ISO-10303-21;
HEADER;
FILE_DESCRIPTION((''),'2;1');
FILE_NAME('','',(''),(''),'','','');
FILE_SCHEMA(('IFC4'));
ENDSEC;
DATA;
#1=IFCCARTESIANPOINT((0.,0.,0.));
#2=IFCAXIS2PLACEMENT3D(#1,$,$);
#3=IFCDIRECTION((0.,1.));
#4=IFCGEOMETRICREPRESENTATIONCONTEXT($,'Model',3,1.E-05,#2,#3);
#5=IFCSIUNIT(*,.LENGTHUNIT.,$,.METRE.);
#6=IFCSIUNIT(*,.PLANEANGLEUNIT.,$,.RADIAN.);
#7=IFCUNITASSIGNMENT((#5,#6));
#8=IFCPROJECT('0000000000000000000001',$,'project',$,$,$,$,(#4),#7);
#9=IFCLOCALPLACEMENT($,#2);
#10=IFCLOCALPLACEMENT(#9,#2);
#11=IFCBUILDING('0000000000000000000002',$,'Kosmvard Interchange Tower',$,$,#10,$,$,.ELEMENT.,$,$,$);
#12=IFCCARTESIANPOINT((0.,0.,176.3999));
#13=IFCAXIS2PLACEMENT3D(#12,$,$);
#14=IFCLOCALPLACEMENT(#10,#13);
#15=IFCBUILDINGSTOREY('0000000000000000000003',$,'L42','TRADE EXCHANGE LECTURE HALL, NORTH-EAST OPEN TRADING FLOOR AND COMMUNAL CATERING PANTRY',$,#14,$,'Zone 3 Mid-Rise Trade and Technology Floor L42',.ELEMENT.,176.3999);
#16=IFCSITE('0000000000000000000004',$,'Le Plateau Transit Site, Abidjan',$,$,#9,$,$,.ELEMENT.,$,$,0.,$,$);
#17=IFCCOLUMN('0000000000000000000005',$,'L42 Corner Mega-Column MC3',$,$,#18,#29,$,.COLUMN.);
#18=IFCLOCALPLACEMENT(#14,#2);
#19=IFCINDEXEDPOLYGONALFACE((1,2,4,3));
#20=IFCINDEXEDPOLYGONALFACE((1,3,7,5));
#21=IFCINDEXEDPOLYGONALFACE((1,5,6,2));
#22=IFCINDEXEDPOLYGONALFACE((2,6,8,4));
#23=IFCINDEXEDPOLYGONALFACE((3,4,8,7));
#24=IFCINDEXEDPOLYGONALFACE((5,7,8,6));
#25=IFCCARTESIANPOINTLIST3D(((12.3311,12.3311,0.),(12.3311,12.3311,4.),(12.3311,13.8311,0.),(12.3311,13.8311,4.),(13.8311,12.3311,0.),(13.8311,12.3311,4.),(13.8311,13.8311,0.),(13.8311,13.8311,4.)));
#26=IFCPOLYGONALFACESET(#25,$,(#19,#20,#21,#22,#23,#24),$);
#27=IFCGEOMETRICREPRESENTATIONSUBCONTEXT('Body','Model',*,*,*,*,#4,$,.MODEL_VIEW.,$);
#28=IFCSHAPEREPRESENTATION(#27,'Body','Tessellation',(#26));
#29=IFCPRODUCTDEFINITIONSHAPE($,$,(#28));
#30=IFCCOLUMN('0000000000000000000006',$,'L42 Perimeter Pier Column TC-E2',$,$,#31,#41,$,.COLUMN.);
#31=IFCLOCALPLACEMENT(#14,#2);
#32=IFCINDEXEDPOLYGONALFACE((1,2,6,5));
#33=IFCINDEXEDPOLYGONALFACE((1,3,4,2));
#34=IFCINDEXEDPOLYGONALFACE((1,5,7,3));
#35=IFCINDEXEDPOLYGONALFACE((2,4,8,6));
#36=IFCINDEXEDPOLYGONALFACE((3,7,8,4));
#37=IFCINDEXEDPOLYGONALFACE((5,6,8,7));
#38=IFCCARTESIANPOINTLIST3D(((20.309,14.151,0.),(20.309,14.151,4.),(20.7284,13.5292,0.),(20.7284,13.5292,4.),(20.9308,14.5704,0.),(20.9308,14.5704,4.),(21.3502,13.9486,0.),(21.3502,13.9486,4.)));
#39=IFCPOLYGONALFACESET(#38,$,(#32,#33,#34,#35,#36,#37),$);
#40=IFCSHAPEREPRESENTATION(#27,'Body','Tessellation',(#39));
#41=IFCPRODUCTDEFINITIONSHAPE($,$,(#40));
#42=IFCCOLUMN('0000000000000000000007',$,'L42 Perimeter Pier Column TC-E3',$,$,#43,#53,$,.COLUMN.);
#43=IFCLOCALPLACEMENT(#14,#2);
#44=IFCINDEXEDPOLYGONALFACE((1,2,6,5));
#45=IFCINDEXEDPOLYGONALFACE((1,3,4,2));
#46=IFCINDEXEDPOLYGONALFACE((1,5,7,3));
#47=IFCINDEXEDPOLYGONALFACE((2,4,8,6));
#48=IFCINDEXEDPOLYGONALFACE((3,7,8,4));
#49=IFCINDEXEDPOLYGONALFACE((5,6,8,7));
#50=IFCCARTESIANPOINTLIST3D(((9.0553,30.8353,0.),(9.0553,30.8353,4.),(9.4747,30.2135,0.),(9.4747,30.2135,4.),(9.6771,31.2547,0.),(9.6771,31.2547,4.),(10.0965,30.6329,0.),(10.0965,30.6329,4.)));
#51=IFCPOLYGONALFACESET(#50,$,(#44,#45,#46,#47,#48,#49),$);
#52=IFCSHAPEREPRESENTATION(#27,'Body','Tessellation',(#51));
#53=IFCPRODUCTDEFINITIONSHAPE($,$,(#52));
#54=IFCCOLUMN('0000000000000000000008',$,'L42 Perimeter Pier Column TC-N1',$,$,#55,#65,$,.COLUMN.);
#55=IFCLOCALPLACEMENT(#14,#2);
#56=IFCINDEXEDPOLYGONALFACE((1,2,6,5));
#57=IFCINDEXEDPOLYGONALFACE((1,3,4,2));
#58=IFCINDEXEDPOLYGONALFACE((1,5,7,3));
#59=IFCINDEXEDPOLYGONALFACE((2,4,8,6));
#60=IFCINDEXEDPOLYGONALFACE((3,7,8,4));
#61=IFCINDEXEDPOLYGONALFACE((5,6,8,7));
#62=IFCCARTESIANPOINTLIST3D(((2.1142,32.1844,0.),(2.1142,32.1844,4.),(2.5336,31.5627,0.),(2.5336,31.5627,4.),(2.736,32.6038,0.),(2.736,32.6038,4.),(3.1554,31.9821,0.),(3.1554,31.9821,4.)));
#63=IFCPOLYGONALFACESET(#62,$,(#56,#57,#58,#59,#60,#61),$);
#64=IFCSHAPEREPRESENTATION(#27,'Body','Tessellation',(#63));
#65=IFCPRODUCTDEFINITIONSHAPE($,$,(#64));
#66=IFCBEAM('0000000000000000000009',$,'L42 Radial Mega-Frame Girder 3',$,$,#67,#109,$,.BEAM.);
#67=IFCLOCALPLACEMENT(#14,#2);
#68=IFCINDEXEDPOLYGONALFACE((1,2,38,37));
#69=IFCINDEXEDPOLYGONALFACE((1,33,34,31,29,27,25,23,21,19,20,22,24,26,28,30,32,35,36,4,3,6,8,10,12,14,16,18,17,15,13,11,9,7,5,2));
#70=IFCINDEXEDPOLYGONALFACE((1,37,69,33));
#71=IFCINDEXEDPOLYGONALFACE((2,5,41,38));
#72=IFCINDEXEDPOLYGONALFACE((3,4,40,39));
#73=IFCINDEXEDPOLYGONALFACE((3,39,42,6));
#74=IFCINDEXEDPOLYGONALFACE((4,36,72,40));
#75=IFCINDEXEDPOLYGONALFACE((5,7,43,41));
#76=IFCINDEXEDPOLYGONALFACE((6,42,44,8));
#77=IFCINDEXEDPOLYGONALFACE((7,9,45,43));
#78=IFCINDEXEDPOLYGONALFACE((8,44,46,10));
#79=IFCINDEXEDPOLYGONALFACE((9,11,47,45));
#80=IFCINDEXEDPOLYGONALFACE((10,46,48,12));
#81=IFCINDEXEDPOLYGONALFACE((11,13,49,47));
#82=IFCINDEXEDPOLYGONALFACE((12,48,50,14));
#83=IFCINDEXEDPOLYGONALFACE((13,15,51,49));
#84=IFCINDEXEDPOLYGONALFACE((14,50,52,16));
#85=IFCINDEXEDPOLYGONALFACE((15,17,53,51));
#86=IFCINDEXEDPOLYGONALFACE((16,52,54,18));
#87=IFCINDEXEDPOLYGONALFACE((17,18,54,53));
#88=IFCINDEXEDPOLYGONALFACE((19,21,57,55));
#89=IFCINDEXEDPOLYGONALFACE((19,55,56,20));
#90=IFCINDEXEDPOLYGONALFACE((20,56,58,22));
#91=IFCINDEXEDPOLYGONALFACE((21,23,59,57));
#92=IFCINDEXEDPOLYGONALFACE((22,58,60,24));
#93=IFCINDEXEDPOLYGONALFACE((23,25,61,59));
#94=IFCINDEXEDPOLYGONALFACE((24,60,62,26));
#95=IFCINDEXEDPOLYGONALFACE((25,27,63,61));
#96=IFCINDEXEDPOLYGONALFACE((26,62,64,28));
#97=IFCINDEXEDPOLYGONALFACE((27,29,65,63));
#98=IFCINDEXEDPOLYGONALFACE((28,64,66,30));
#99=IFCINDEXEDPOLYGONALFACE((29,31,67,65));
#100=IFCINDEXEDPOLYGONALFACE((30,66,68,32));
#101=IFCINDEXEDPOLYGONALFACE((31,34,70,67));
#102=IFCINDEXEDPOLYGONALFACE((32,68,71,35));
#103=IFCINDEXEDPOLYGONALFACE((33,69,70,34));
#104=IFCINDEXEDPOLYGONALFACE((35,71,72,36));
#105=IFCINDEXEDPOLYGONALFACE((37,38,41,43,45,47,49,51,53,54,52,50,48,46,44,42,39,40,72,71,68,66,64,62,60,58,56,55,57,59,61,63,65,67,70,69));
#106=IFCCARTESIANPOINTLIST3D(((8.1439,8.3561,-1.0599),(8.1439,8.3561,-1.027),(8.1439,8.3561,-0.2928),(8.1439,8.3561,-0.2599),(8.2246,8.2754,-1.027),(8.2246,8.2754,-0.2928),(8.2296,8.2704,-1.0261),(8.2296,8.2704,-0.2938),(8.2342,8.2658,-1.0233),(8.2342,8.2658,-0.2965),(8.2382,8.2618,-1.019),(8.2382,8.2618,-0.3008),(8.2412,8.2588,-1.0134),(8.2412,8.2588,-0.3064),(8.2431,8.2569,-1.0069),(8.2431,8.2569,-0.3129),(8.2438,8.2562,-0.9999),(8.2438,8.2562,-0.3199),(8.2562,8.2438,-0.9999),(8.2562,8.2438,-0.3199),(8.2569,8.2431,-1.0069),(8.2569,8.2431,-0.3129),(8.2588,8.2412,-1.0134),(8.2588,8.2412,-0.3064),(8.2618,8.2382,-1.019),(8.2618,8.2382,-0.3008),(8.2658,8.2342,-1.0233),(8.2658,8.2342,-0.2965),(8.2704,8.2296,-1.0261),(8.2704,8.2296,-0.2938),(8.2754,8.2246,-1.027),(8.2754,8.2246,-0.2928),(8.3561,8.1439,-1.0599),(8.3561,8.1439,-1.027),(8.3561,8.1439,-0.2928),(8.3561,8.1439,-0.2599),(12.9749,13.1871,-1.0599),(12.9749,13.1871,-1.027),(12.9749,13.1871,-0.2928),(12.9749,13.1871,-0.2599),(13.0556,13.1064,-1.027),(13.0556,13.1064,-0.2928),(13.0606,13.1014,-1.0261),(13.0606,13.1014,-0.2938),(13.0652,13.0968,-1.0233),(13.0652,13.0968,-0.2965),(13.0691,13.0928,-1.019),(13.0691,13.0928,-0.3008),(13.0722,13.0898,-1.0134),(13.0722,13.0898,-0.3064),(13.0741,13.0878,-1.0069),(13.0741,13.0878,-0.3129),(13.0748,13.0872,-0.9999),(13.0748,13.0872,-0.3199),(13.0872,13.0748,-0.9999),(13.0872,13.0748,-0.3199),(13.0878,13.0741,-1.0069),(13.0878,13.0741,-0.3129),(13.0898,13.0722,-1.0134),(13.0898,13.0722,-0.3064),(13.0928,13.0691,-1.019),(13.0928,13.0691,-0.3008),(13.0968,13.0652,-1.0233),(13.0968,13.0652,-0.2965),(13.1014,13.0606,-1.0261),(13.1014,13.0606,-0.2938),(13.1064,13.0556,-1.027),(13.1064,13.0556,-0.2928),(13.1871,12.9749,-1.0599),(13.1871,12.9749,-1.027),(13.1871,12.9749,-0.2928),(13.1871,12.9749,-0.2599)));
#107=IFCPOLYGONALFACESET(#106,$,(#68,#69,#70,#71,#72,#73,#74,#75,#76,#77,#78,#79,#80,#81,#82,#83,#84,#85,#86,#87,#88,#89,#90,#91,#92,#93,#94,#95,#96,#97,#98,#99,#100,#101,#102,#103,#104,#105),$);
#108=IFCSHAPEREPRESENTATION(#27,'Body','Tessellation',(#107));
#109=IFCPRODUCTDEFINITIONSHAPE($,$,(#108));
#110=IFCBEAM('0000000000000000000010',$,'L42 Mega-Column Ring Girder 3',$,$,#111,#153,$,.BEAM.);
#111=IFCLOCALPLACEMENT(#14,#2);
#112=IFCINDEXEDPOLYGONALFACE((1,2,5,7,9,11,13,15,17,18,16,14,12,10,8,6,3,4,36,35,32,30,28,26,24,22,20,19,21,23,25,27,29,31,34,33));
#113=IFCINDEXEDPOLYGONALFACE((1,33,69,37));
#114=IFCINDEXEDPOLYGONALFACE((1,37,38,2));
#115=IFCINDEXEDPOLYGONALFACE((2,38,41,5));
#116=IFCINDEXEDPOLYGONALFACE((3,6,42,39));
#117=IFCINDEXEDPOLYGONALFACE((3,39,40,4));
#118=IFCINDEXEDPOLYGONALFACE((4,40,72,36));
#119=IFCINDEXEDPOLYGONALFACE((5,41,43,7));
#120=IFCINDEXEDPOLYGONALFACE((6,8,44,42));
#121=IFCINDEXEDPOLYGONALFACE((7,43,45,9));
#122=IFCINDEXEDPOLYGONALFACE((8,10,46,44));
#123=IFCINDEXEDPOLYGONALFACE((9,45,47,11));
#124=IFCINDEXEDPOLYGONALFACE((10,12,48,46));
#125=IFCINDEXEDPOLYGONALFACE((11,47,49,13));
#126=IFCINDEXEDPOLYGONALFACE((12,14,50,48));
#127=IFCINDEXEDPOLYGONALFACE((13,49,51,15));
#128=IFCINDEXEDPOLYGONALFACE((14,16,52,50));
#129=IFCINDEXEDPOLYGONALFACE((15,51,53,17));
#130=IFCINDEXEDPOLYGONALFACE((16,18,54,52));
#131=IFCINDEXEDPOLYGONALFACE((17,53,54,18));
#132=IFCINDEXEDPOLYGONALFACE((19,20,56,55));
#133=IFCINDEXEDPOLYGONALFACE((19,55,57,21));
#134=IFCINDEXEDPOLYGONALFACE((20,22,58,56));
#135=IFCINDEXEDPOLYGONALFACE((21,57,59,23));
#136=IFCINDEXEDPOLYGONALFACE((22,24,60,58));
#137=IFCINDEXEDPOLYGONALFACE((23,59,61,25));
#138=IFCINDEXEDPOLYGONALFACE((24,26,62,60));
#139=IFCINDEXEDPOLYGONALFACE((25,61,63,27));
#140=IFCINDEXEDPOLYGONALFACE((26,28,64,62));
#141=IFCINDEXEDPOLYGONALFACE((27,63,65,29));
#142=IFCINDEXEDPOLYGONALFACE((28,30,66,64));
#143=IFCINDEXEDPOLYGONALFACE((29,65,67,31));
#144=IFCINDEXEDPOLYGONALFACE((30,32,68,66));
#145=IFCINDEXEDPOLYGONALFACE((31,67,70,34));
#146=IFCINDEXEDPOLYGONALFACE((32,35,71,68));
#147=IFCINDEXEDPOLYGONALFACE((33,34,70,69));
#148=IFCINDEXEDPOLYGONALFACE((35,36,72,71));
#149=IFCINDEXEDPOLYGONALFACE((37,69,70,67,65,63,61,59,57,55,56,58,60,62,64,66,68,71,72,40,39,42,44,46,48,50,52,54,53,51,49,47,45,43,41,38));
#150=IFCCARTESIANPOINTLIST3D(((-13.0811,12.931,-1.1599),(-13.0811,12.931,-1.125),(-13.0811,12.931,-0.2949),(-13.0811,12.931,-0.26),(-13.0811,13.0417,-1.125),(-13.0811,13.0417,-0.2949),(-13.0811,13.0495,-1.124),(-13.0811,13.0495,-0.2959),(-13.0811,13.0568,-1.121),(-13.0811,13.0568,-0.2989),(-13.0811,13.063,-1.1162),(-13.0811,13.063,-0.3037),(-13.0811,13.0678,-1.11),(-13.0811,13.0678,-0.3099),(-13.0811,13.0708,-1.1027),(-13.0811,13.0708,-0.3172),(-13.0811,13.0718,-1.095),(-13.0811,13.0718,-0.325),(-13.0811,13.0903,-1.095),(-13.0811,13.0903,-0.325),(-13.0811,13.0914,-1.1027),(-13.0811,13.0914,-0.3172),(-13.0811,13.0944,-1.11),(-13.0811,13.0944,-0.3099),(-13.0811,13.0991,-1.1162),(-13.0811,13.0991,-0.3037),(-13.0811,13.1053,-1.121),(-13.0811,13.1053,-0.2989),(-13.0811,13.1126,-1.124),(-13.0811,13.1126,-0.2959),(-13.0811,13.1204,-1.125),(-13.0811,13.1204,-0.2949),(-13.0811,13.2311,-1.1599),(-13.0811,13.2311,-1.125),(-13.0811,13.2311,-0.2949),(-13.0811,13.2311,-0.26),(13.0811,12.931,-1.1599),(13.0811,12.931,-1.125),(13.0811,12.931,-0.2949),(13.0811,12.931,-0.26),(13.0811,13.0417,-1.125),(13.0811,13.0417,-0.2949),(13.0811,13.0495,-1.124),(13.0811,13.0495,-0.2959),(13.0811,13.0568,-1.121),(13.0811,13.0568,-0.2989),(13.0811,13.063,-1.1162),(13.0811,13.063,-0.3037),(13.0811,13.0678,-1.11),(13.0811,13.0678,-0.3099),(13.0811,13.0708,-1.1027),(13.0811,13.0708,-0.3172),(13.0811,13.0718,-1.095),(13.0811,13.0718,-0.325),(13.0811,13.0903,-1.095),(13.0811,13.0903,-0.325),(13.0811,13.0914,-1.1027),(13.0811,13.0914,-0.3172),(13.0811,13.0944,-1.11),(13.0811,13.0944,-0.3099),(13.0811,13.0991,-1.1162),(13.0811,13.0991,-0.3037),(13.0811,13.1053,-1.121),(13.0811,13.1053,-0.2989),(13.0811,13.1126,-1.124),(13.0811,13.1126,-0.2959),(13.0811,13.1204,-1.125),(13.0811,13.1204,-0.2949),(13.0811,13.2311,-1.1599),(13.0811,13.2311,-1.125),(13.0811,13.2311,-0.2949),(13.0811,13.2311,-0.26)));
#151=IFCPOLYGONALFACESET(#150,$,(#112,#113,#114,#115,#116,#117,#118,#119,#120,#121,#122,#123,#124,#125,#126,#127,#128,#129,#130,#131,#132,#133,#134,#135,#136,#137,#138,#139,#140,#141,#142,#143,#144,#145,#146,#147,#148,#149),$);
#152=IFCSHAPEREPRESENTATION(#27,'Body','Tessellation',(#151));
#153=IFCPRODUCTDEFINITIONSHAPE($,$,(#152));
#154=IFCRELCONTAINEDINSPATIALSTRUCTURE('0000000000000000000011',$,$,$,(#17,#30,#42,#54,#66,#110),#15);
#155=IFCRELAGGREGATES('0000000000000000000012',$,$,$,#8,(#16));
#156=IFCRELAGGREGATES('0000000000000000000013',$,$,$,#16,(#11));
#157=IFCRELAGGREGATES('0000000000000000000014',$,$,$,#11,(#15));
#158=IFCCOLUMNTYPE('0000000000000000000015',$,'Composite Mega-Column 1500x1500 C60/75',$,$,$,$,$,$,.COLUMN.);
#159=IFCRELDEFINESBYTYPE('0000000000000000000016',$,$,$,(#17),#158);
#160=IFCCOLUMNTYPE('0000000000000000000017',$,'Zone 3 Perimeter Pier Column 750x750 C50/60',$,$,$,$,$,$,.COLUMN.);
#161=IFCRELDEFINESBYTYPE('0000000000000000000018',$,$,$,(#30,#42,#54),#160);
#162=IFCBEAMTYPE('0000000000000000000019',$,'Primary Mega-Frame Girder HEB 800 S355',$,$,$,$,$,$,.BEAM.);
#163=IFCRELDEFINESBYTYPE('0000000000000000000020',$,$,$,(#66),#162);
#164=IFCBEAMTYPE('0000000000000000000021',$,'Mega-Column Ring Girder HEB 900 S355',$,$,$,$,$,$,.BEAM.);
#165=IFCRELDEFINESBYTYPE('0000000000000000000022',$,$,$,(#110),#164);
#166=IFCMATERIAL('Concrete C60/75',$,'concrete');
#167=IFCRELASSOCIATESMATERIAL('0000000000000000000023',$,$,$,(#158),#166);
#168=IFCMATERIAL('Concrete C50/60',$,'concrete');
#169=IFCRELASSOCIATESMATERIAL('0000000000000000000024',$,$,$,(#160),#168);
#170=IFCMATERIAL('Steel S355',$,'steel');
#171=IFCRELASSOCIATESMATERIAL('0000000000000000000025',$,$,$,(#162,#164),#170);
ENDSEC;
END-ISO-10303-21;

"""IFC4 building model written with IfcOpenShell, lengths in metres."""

from ifc_helpers import new_model, si_unit, direction, frame, origin, origin_2d, place, context, subcontext, project, spatial, rectangle, i_section, extrude, source, transform, mapped, material, material_profile, profile_set, type_object, element, save


model = new_model("IFC4")

# Units and contexts
model_context = context("Model", 3, precision=1e-05, world=origin(), true_north=direction((0.0, 1.0)))
body_context = subcontext(model_context, "Body", "Model", "MODEL_VIEW")
ifc_project = project(units=[si_unit("LENGTHUNIT", "METRE"), si_unit("PLANEANGLEUNIT", "RADIAN")], contexts=[model_context])

# Site, building, storey
site_placement = place(None, origin())
site = spatial("IfcSite", under=ifc_project, at=site_placement, Name="Le Plateau Transit Site, Abidjan", CompositionType="ELEMENT", RefElevation=0.0)
building_placement = place(site_placement, origin())
building = spatial("IfcBuilding", under=site, at=building_placement, Name="Kosmvard Interchange Tower", CompositionType="ELEMENT")
storey_placement = place(building_placement, frame((0.0, 0.0, 176.3999)))
storey = spatial("IfcBuildingStorey", under=building, at=storey_placement, Name="L42", Description="TRADE EXCHANGE LECTURE HALL, NORTH-EAST OPEN TRADING FLOOR AND COMMUNAL CATERING PANTRY", LongName="Zone 3 Mid-Rise Trade and Technology Floor L42", CompositionType="ELEMENT", Elevation=176.3999)

# Columns
ifc_material_1 = material(Name="Concrete C60/75", Category="concrete")
ifc_material_profile_1 = material_profile(ifc_material_1, rectangle(XDim=1.5, YDim=1.5, at=origin_2d()), Name="MC 1500x1500")
ifc_profile_set_1 = profile_set([ifc_material_profile_1], Name="Concrete C60/75")
column_type_1 = type_object("IfcColumnType", Name="Composite Mega-Column 1500x1500 C60/75", PredefinedType="COLUMN", material=ifc_profile_set_1)
shared_shape_1 = source(origin(), body_context, "Body", "SweptSolid", [
    extrude(rectangle(XDim=1.5, YDim=1.5, at=origin_2d()), origin(), (0.0, 0.0, 1.0), 4.0),
])
column_placement = place(storey_placement, frame((13.0811, 13.0811, 0.0), z_axis=(0.0, 0.0, 1.0), x_axis=(1.0, 0.0, 0.0)))
element("IfcColumn", 1, at=column_placement, inside=storey, type_object=column_type_1, Name="L42 Corner Mega-Column MC3", PredefinedType="COLUMN", context=body_context, shape_type="MappedRepresentation", body=[
    mapped(shared_shape_1, transform((0.0, 0.0, 0.0), scale=1.0)),
])
ifc_material_2 = material(Name="Concrete C50/60", Category="concrete")
ifc_material_profile_2 = material_profile(ifc_material_2, rectangle(XDim=0.75, YDim=0.75, at=origin_2d()), Name="TC 750x750")
ifc_profile_set_2 = profile_set([ifc_material_profile_2], Name="Concrete C50/60")
column_type_2 = type_object("IfcColumnType", Name="Zone 3 Perimeter Pier Column 750x750 C50/60", PredefinedType="COLUMN", material=ifc_profile_set_2)
shared_shape_2 = source(origin(), body_context, "Body", "SweptSolid", [
    extrude(rectangle(XDim=0.75, YDim=0.75, at=origin_2d()), origin(), (0.0, 0.0, 1.0), 4.0),
])
for number, where, z_axis, x_axis, name in (
    (2, (20.8296, 14.0498, 0.0), (0.0, 0.0, 1.0), (0.829038, 0.559193, 0.0), "L42 Perimeter Pier Column TC-E2"),
    (3, (9.5759, 30.7341, 0.0), (0.0, 0.0, 1.0), (0.829038, 0.559193, 0.0), "L42 Perimeter Pier Column TC-E3"),
    (4, (2.6348, 32.0833, 0.0), (0.0, 0.0, 1.0), (0.829038, 0.559193, 0.0), "L42 Perimeter Pier Column TC-N1"),
):
    element("IfcColumn", number, at=place(storey_placement, frame(where, z_axis=z_axis, x_axis=x_axis)), inside=storey, type_object=column_type_2, Name=name, PredefinedType="COLUMN", context=body_context, shape_type="MappedRepresentation", body=[
        mapped(shared_shape_2, transform((0.0, 0.0, 0.0), scale=1.0)),
    ])

# Beams
ifc_material_3 = material(Name="Steel S355", Category="steel")
ifc_material_profile_3 = material_profile(ifc_material_3, i_section(OverallWidth=0.3, OverallDepth=0.8, WebThickness=0.0176, FlangeThickness=0.033, FilletRadius=0.0271, at=origin_2d()), Name="HEB 800")
ifc_profile_set_3 = profile_set([ifc_material_profile_3], Name="Steel S355")
beam_type_1 = type_object("IfcBeamType", Name="Primary Mega-Frame Girder HEB 800 S355", PredefinedType="BEAM", material=ifc_profile_set_3)
shared_shape_3 = source(origin(), body_context, "Body", "SweptSolid", [
    extrude(i_section(OverallWidth=0.3, OverallDepth=0.8, WebThickness=0.0176, FlangeThickness=0.033, FilletRadius=0.0271, at=origin_2d()), origin(), (0.0, 0.0, 1.0), 6.832),
])
beam_1_placement = place(storey_placement, frame((8.25, 8.25, -0.6599), z_axis=(0.707107, 0.707107, 0.0), x_axis=(-0.707107, 0.707107, 0.0)))
element("IfcBeam", 5, at=beam_1_placement, inside=storey, type_object=beam_type_1, Name="L42 Radial Mega-Frame Girder 3", PredefinedType="BEAM", context=body_context, shape_type="MappedRepresentation", body=[
    mapped(shared_shape_3, transform((0.0, 0.0, 0.0), scale=1.0)),
])
ifc_material_profile_4 = material_profile(ifc_material_3, i_section(OverallWidth=0.3, OverallDepth=0.8999, WebThickness=0.0186, FlangeThickness=0.0349, FilletRadius=0.03, at=origin_2d()), Name="HEB 900")
ifc_profile_set_4 = profile_set([ifc_material_profile_4], Name="Steel S355")
beam_type_2 = type_object("IfcBeamType", Name="Mega-Column Ring Girder HEB 900 S355", PredefinedType="BEAM", material=ifc_profile_set_4)
shared_shape_4 = source(origin(), body_context, "Body", "SweptSolid", [
    extrude(i_section(OverallWidth=0.3, OverallDepth=0.8999, WebThickness=0.0186, FlangeThickness=0.0349, FilletRadius=0.03, at=origin_2d()), origin(), (0.0, 0.0, 1.0), 26.1621),
])
beam_2_placement = place(storey_placement, frame((13.0811, 13.0811, -0.71), z_axis=(-1.0, 0.0, 0.0), x_axis=(0.0, -1.0, 0.0)))
element("IfcBeam", 6, at=beam_2_placement, inside=storey, type_object=beam_type_2, Name="L42 Mega-Column Ring Girder 3", PredefinedType="BEAM", context=body_context, shape_type="MappedRepresentation", body=[
    mapped(shared_shape_4, transform((0.0, 0.0, 0.0), scale=1.0)),
])

save(model, "model.ifc")
